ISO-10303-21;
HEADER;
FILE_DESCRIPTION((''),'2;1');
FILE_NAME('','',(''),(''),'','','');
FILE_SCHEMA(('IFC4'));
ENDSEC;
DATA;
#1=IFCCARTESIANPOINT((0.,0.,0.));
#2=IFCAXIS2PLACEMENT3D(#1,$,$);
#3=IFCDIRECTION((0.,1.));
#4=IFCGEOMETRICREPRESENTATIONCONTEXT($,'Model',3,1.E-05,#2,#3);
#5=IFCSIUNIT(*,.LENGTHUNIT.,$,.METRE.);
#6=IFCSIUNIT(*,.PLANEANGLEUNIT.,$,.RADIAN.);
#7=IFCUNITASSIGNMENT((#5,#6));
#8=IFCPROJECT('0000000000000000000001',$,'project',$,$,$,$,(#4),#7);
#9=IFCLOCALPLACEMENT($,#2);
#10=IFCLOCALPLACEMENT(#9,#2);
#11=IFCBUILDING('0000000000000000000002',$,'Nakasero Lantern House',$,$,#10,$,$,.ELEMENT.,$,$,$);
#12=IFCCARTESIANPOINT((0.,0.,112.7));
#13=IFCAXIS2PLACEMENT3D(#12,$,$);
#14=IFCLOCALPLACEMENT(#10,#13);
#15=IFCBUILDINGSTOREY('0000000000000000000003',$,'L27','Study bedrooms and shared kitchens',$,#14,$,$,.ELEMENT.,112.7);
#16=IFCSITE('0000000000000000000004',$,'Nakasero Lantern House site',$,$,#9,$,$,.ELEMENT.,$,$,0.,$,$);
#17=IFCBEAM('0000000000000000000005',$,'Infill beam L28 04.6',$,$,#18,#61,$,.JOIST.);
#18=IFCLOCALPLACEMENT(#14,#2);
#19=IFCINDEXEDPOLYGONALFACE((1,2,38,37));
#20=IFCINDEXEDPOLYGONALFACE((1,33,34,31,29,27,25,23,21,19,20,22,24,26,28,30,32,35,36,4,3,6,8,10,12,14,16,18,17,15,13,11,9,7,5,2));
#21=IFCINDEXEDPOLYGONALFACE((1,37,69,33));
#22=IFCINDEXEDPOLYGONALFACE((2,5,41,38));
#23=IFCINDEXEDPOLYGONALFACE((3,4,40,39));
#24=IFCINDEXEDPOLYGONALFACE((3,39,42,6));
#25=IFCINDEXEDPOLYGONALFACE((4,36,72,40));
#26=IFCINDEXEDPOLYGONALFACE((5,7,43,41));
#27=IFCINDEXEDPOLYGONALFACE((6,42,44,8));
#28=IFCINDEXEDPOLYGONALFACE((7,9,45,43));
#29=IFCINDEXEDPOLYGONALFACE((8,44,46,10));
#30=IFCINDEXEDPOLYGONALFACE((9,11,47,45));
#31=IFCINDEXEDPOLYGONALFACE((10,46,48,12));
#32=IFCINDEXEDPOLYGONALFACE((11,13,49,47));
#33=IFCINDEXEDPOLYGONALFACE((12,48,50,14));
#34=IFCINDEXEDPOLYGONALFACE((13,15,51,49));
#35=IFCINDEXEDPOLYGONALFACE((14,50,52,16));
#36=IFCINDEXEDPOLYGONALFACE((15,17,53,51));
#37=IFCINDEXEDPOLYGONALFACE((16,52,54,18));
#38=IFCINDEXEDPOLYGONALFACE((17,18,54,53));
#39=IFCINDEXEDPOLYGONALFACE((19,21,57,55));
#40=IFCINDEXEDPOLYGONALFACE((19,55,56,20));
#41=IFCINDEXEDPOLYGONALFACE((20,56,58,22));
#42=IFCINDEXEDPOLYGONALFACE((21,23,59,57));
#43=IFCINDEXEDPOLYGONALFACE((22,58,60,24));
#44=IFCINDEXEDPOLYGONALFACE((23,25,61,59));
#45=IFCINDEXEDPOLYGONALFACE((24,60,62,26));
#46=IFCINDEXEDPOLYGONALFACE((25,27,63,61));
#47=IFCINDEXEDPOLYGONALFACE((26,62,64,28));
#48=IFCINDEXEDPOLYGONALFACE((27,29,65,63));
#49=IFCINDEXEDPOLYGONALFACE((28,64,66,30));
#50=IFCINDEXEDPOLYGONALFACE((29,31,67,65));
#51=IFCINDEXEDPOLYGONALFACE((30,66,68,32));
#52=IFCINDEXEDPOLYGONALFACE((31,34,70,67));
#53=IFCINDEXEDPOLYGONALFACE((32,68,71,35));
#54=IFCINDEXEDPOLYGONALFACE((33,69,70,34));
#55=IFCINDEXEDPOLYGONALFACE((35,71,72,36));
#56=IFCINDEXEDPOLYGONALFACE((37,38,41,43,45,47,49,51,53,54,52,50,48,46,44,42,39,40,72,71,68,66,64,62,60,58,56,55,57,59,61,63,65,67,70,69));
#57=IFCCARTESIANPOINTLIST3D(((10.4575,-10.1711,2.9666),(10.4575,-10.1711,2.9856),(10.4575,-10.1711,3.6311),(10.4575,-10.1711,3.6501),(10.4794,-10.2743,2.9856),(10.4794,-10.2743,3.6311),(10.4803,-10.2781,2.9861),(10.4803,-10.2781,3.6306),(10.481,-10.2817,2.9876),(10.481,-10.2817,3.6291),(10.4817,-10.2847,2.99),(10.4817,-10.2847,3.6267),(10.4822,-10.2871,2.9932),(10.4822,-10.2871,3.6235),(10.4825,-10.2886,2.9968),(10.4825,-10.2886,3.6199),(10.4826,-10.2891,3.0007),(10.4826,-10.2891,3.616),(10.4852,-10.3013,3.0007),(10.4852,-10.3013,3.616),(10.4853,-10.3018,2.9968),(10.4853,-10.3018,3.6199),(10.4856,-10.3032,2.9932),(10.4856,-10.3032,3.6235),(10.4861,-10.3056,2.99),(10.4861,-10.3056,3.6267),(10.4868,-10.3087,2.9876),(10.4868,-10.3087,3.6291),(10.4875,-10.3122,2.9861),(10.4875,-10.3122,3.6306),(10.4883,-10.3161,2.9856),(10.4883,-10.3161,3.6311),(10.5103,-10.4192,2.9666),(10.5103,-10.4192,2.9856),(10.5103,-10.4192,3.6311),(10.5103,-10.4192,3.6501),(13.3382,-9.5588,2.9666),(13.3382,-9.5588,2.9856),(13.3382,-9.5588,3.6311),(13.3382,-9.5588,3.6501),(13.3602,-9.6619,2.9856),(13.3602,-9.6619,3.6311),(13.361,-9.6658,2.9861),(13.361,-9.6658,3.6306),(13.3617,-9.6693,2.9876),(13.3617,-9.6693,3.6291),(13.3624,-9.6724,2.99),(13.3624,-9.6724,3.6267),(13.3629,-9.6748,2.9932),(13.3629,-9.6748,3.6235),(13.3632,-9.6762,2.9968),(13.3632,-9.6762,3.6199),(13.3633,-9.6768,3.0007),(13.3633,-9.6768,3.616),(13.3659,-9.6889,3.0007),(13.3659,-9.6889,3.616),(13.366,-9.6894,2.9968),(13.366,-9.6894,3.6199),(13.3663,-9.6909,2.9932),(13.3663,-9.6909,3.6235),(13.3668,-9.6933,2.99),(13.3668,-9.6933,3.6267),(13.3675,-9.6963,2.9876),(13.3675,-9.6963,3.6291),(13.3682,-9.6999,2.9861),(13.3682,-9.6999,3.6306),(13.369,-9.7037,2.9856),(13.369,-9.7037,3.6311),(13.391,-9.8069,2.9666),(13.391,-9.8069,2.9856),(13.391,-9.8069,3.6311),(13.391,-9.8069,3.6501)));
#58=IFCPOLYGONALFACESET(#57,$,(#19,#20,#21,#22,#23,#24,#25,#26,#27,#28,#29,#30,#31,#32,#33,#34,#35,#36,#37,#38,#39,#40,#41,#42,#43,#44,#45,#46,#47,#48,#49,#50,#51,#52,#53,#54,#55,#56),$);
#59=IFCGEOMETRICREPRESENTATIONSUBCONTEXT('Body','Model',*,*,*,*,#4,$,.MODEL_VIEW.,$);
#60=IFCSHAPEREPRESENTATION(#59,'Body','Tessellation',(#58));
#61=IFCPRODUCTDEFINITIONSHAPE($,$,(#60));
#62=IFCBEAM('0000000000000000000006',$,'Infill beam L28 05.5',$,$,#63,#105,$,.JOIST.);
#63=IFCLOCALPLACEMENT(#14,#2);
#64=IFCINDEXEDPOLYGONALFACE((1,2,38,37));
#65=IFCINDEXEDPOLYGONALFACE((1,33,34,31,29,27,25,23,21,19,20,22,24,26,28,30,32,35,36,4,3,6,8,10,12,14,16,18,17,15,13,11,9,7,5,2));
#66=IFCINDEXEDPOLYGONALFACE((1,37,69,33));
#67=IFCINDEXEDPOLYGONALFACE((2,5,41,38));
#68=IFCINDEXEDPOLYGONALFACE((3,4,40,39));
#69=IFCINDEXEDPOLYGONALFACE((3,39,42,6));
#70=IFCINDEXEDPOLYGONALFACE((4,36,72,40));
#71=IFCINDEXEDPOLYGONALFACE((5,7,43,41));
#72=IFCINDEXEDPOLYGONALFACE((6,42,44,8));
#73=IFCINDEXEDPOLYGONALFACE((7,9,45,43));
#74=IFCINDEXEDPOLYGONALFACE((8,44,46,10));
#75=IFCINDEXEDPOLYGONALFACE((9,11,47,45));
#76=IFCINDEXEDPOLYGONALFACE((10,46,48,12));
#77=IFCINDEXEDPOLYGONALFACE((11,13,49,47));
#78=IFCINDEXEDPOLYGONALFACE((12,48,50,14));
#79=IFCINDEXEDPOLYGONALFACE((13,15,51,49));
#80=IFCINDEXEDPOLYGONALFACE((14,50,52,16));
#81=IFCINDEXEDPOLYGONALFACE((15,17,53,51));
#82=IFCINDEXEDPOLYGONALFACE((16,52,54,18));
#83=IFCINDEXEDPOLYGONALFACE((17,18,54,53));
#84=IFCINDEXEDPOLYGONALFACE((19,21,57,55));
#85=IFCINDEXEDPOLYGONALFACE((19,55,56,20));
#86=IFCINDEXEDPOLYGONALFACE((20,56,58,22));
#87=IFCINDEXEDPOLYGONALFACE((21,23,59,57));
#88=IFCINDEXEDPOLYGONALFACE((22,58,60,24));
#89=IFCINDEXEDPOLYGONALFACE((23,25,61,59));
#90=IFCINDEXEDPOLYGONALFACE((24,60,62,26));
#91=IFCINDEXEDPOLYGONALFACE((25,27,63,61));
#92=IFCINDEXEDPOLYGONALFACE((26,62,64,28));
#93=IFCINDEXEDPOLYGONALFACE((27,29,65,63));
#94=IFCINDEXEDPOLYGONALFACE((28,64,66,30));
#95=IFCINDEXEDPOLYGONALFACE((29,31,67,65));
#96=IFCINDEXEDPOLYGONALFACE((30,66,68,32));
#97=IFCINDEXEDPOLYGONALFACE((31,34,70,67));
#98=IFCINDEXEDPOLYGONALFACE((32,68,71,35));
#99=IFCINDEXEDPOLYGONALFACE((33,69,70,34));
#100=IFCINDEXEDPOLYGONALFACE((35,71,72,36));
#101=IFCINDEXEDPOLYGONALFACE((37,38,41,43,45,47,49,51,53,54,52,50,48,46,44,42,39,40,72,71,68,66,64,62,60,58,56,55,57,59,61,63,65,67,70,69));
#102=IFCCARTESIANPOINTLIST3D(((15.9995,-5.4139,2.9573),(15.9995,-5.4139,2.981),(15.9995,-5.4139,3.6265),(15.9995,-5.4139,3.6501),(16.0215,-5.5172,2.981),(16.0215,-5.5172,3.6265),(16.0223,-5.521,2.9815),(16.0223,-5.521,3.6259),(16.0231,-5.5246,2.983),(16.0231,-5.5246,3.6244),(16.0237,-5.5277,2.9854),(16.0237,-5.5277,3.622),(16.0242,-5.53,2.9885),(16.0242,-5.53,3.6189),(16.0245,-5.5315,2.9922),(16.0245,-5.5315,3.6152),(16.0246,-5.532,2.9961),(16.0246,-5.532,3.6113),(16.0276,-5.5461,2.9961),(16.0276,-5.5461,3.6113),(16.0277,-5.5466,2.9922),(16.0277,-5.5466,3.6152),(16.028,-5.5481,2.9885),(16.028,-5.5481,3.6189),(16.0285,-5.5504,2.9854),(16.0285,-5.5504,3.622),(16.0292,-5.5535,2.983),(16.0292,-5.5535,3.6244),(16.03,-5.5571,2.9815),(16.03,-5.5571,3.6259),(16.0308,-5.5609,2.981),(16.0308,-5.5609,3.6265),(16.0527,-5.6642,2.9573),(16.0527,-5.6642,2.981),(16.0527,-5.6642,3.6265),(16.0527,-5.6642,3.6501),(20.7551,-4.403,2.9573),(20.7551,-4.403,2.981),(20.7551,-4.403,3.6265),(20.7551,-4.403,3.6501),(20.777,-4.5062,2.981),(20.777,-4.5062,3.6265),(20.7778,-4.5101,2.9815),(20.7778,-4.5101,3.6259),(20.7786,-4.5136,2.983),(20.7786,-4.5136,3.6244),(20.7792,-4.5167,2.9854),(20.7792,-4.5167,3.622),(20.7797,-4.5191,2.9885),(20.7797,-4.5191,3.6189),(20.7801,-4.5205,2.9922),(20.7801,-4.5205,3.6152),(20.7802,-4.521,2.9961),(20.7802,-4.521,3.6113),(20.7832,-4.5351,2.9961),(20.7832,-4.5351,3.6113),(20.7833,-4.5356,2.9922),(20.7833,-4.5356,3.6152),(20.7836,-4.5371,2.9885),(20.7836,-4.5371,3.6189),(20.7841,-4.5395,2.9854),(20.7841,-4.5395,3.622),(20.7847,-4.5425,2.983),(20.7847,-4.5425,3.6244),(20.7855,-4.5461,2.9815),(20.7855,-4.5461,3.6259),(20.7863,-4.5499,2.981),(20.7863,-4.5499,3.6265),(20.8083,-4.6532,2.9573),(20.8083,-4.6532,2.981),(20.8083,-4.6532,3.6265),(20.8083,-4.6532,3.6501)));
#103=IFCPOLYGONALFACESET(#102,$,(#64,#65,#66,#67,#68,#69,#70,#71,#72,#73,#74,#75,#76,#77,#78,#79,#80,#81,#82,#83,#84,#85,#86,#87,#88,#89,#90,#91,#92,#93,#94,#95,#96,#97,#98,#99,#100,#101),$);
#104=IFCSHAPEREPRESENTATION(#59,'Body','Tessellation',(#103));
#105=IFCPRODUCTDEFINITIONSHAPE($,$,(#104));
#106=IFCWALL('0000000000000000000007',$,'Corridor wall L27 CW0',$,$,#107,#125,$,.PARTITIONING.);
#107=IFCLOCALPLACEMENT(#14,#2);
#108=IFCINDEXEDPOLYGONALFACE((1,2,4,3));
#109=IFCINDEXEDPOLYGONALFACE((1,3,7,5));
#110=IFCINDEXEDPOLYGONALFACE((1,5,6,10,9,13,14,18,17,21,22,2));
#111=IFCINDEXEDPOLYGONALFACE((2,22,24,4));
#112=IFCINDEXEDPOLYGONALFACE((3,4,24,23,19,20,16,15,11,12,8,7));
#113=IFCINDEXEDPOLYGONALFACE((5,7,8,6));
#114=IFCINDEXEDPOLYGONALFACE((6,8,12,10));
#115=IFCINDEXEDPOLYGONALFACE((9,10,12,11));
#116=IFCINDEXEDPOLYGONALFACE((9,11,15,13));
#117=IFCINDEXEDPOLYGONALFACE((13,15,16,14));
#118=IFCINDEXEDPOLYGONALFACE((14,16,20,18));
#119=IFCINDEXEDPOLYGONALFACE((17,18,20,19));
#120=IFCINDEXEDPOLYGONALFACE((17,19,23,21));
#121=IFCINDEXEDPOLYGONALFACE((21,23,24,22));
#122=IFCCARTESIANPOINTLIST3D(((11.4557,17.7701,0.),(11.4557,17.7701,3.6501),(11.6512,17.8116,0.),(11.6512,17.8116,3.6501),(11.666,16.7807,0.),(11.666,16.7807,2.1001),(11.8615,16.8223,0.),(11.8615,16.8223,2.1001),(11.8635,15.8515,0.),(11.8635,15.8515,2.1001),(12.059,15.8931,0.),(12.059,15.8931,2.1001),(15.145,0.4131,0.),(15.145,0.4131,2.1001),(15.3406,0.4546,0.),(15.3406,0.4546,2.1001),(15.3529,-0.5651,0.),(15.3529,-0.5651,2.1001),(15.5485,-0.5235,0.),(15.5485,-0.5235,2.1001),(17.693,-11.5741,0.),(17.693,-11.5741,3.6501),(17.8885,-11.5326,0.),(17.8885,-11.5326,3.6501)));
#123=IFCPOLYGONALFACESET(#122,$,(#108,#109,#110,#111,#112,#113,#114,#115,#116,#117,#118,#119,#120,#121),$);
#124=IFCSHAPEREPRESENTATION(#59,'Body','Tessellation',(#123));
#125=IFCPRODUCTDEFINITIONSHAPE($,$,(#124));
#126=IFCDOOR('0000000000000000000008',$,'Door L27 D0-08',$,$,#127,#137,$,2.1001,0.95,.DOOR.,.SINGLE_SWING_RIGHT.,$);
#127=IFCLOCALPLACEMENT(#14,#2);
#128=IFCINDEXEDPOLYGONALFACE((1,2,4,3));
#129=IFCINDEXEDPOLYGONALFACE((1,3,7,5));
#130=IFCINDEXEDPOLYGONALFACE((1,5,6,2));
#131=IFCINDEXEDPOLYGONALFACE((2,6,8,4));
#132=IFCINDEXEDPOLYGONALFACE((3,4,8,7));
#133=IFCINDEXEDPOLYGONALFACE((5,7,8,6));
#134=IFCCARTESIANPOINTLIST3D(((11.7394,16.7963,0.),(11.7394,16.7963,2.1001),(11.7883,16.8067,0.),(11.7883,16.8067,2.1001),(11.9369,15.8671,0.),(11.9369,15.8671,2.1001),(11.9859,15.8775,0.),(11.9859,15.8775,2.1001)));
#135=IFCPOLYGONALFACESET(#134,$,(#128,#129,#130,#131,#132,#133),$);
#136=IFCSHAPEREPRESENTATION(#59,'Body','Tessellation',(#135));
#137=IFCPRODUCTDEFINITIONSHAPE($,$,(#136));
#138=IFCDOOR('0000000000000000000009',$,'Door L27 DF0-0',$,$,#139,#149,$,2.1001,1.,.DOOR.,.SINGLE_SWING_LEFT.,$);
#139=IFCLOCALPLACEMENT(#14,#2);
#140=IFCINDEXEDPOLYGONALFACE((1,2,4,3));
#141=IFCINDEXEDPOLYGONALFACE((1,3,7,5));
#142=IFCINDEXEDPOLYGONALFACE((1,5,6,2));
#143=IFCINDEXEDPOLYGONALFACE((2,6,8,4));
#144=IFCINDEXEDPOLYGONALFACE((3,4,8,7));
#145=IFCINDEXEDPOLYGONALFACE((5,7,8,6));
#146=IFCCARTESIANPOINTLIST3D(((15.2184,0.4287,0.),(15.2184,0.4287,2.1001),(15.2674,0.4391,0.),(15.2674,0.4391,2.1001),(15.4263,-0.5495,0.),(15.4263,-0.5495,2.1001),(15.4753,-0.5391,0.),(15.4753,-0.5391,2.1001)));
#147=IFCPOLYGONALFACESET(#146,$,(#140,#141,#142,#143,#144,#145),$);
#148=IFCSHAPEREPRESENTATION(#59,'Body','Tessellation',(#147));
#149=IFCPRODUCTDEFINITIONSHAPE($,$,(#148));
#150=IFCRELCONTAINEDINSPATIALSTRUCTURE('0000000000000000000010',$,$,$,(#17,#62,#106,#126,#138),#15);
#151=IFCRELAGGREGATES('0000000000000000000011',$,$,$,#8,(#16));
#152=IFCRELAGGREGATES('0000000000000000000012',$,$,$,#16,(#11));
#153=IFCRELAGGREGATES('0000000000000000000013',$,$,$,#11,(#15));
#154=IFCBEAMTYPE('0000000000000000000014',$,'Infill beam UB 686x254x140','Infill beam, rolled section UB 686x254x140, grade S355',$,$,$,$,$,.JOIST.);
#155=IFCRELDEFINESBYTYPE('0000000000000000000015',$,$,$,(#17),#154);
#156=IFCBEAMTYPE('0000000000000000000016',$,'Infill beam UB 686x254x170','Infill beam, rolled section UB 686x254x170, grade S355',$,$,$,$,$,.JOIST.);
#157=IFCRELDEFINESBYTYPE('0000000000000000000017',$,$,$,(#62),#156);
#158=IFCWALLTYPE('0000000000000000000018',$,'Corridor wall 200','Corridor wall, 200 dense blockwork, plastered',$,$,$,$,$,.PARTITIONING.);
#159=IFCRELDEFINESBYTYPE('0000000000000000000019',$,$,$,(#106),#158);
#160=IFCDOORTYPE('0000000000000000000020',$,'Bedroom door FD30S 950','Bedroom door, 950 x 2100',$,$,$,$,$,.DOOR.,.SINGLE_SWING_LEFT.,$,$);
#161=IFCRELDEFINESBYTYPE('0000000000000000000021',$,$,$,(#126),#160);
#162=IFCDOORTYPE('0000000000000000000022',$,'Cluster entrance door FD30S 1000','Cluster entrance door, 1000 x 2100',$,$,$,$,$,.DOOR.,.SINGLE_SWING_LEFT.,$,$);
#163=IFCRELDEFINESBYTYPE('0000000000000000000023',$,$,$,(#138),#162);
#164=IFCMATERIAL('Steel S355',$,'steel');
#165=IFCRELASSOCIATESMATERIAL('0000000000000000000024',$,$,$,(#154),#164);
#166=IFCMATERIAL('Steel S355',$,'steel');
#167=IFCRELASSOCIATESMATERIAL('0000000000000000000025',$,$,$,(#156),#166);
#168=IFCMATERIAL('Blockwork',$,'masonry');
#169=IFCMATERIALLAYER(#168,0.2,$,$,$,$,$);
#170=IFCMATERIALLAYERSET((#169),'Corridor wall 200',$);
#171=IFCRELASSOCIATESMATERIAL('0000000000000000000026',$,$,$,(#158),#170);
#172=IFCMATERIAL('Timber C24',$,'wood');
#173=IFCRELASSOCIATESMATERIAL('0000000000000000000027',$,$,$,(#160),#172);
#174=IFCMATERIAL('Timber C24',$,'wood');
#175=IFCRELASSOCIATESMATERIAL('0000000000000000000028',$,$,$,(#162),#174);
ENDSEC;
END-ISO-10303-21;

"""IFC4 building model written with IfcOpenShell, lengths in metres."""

from ifc_helpers import new_model, si_unit, direction, frame, frame_2d, origin, origin_2d, place, context, subcontext, project, spatial, rectangle, i_section, extrude, material, layer, layer_set, material_profile, profile_set, type_object, element, fill, save


model = new_model("IFC4")

# Units and contexts
model_context = context("Model", 3, precision=1e-05, world=origin(), true_north=direction((0.0, 1.0)))
body_context = subcontext(model_context, "Body", "Model", "MODEL_VIEW")
ifc_project = project(units=[si_unit("LENGTHUNIT", "METRE"), si_unit("PLANEANGLEUNIT", "RADIAN")], contexts=[model_context])

# Site, building, storey
site_placement = place(None, origin())
site = spatial("IfcSite", under=ifc_project, at=site_placement, Name="Nakasero Lantern House site", CompositionType="ELEMENT", RefElevation=0.0)
building_placement = place(site_placement, origin())
building = spatial("IfcBuilding", under=site, at=building_placement, Name="Nakasero Lantern House", CompositionType="ELEMENT")
storey_placement = place(building_placement, frame((0.0, 0.0, 112.7)))
storey = spatial("IfcBuildingStorey", under=building, at=storey_placement, Name="L27", Description="Study bedrooms and shared kitchens", CompositionType="ELEMENT", Elevation=112.7)

# Beams
ifc_material_1 = material(Name="Steel S355", Category="steel")
ifc_material_profile_1 = material_profile(ifc_material_1, i_section(OverallWidth=0.2537, OverallDepth=0.6836, WebThickness=0.0125, FlangeThickness=0.019, FilletRadius=0.0151, at=origin_2d()), Name="UB 686x254x140")
ifc_profile_set_1 = profile_set([ifc_material_profile_1], Name="Steel S355")
beam_type_1 = type_object("IfcBeamType", Name="Infill beam UB 686x254x140", Description="Infill beam, rolled section UB 686x254x140, grade S355", PredefinedType="JOIST", material=ifc_profile_set_1)
beam_1_placement = place(storey_placement, frame((10.4839, -10.2952, 3.3083), z_axis=(0.978147, 0.207915, 0.0), x_axis=(-0.207915, 0.978147, 0.0)))
element("IfcBeam", 1, at=beam_1_placement, inside=storey, type_object=beam_type_1, Name="Infill beam L28 04.6", PredefinedType="JOIST", context=body_context, shape_type="SweptSolid", body=[
    extrude(i_section(OverallWidth=0.2537, OverallDepth=0.6836, WebThickness=0.0125, FlangeThickness=0.019, FilletRadius=0.0151, at=origin_2d()), origin(), (0.0, 0.0, 1.0), 2.9451),
])
ifc_material_2 = material(Name="Steel S355", Category="steel")
ifc_material_profile_2 = material_profile(ifc_material_2, i_section(OverallWidth=0.2559, OverallDepth=0.6929, WebThickness=0.0144, FlangeThickness=0.0237, FilletRadius=0.0151, at=origin_2d()), Name="UB 686x254x170")
ifc_profile_set_2 = profile_set([ifc_material_profile_2], Name="Steel S355")
beam_type_2 = type_object("IfcBeamType", Name="Infill beam UB 686x254x170", Description="Infill beam, rolled section UB 686x254x170, grade S355", PredefinedType="JOIST", material=ifc_profile_set_2)
beam_2_placement = place(storey_placement, frame((16.0261, -5.5391, 3.3037), z_axis=(0.978141, 0.207941, 0.0), x_axis=(-0.207941, 0.978141, 0.0)))
element("IfcBeam", 2, at=beam_2_placement, inside=storey, type_object=beam_type_2, Name="Infill beam L28 05.5", PredefinedType="JOIST", context=body_context, shape_type="SweptSolid", body=[
    extrude(i_section(OverallWidth=0.2559, OverallDepth=0.6929, WebThickness=0.0144, FlangeThickness=0.0237, FilletRadius=0.0151, at=origin_2d()), origin(), (0.0, 0.0, 1.0), 4.8618),
])

# Wall, openings, doors
ifc_material_3 = material(Name="Blockwork", Category="masonry")
ifc_layer_1 = layer(ifc_material_3, 0.2)
ifc_layer_set_1 = layer_set([ifc_layer_1], Name="Corridor wall 200")
wall_type_1 = type_object("IfcWallType", Name="Corridor wall 200", Description="Corridor wall, 200 dense blockwork, plastered", PredefinedType="PARTITIONING", material=ifc_layer_set_1)
wall_1_placement = place(storey_placement, frame((17.7908, -11.5535, 0.0), z_axis=(0.0, 0.0, 1.0), x_axis=(-0.207912, 0.978148, 0.0)))
wall_1 = element("IfcWall", 3, at=wall_1_placement, inside=storey, type_object=wall_type_1, Name="Corridor wall L27 CW0", PredefinedType="PARTITIONING", context=body_context, shape_type="SweptSolid", body=[
    extrude(rectangle(XDim=29.9998, YDim=0.2, at=frame_2d((15.0, 0.0))), origin(), (0.0, 0.0, 1.0), 3.6501),
])
opening_1_placement = place(wall_1_placement, frame((11.2551, 0.0, 0.0)))
opening_1 = element("IfcOpeningElement", 4, at=opening_1_placement, cuts=wall_1, PredefinedType="OPENING", context=body_context, shape_type="SweptSolid", body=[
    extrude(rectangle(XDim=1.0, YDim=2.1001, at=frame_2d((0.5, 1.05))), frame((0.0, 0.1199, 0.0), z_axis=(0.0, -1.0, 0.0), x_axis=(1.0, 0.0, 0.0)), (0.0, 0.0, 1.0), 0.24),
])
opening_2_placement = place(wall_1_placement, frame((28.0383, 0.0, 0.0)))
opening_2 = element("IfcOpeningElement", 5, at=opening_2_placement, cuts=wall_1, PredefinedType="OPENING", context=body_context, shape_type="SweptSolid", body=[
    extrude(rectangle(XDim=0.95, YDim=2.1001, at=frame_2d((0.4751, 1.05))), frame((0.0, 0.1199, 0.0), z_axis=(0.0, -1.0, 0.0), x_axis=(1.0, 0.0, 0.0)), (0.0, 0.0, 1.0), 0.24),
])
ifc_material_4 = material(Name="Timber C24", Category="wood")
door_type_1 = type_object("IfcDoorType", Name="Bedroom door FD30S 950", Description="Bedroom door, 950 x 2100", OperationType="SINGLE_SWING_LEFT", PredefinedType="DOOR", material=ifc_material_4)
door_1_placement = place(opening_2_placement, origin())
door_1 = element("IfcDoor", 6, at=door_1_placement, inside=storey, type_object=door_type_1, Name="Door L27 D0-08", OperationType="SINGLE_SWING_RIGHT", OverallHeight=2.1001, OverallWidth=0.95, PredefinedType="DOOR", context=body_context, shape_type="SweptSolid", body=[
    extrude(rectangle(XDim=0.95, YDim=2.1001, at=frame_2d((0.4751, 1.05))), frame((0.0, 0.0249, 0.0), z_axis=(0.0, -1.0, 0.0), x_axis=(1.0, 0.0, 0.0)), (0.0, 0.0, 1.0), 0.05),
])
fill(opening_2, door_1)
ifc_material_5 = material(Name="Timber C24", Category="wood")
door_type_2 = type_object("IfcDoorType", Name="Cluster entrance door FD30S 1000", Description="Cluster entrance door, 1000 x 2100", OperationType="SINGLE_SWING_LEFT", PredefinedType="DOOR", material=ifc_material_5)
door_2_placement = place(opening_1_placement, origin())
door_2 = element("IfcDoor", 7, at=door_2_placement, inside=storey, type_object=door_type_2, Name="Door L27 DF0-0", OperationType="SINGLE_SWING_LEFT", OverallHeight=2.1001, OverallWidth=1.0, PredefinedType="DOOR", context=body_context, shape_type="SweptSolid", body=[
    extrude(rectangle(XDim=1.0, YDim=2.1001, at=frame_2d((0.5, 1.05))), frame((0.0, 0.0249, 0.0), z_axis=(0.0, -1.0, 0.0), x_axis=(1.0, 0.0, 0.0)), (0.0, 0.0, 1.0), 0.05),
])
fill(opening_1, door_2)

save(model, "model.ifc")
